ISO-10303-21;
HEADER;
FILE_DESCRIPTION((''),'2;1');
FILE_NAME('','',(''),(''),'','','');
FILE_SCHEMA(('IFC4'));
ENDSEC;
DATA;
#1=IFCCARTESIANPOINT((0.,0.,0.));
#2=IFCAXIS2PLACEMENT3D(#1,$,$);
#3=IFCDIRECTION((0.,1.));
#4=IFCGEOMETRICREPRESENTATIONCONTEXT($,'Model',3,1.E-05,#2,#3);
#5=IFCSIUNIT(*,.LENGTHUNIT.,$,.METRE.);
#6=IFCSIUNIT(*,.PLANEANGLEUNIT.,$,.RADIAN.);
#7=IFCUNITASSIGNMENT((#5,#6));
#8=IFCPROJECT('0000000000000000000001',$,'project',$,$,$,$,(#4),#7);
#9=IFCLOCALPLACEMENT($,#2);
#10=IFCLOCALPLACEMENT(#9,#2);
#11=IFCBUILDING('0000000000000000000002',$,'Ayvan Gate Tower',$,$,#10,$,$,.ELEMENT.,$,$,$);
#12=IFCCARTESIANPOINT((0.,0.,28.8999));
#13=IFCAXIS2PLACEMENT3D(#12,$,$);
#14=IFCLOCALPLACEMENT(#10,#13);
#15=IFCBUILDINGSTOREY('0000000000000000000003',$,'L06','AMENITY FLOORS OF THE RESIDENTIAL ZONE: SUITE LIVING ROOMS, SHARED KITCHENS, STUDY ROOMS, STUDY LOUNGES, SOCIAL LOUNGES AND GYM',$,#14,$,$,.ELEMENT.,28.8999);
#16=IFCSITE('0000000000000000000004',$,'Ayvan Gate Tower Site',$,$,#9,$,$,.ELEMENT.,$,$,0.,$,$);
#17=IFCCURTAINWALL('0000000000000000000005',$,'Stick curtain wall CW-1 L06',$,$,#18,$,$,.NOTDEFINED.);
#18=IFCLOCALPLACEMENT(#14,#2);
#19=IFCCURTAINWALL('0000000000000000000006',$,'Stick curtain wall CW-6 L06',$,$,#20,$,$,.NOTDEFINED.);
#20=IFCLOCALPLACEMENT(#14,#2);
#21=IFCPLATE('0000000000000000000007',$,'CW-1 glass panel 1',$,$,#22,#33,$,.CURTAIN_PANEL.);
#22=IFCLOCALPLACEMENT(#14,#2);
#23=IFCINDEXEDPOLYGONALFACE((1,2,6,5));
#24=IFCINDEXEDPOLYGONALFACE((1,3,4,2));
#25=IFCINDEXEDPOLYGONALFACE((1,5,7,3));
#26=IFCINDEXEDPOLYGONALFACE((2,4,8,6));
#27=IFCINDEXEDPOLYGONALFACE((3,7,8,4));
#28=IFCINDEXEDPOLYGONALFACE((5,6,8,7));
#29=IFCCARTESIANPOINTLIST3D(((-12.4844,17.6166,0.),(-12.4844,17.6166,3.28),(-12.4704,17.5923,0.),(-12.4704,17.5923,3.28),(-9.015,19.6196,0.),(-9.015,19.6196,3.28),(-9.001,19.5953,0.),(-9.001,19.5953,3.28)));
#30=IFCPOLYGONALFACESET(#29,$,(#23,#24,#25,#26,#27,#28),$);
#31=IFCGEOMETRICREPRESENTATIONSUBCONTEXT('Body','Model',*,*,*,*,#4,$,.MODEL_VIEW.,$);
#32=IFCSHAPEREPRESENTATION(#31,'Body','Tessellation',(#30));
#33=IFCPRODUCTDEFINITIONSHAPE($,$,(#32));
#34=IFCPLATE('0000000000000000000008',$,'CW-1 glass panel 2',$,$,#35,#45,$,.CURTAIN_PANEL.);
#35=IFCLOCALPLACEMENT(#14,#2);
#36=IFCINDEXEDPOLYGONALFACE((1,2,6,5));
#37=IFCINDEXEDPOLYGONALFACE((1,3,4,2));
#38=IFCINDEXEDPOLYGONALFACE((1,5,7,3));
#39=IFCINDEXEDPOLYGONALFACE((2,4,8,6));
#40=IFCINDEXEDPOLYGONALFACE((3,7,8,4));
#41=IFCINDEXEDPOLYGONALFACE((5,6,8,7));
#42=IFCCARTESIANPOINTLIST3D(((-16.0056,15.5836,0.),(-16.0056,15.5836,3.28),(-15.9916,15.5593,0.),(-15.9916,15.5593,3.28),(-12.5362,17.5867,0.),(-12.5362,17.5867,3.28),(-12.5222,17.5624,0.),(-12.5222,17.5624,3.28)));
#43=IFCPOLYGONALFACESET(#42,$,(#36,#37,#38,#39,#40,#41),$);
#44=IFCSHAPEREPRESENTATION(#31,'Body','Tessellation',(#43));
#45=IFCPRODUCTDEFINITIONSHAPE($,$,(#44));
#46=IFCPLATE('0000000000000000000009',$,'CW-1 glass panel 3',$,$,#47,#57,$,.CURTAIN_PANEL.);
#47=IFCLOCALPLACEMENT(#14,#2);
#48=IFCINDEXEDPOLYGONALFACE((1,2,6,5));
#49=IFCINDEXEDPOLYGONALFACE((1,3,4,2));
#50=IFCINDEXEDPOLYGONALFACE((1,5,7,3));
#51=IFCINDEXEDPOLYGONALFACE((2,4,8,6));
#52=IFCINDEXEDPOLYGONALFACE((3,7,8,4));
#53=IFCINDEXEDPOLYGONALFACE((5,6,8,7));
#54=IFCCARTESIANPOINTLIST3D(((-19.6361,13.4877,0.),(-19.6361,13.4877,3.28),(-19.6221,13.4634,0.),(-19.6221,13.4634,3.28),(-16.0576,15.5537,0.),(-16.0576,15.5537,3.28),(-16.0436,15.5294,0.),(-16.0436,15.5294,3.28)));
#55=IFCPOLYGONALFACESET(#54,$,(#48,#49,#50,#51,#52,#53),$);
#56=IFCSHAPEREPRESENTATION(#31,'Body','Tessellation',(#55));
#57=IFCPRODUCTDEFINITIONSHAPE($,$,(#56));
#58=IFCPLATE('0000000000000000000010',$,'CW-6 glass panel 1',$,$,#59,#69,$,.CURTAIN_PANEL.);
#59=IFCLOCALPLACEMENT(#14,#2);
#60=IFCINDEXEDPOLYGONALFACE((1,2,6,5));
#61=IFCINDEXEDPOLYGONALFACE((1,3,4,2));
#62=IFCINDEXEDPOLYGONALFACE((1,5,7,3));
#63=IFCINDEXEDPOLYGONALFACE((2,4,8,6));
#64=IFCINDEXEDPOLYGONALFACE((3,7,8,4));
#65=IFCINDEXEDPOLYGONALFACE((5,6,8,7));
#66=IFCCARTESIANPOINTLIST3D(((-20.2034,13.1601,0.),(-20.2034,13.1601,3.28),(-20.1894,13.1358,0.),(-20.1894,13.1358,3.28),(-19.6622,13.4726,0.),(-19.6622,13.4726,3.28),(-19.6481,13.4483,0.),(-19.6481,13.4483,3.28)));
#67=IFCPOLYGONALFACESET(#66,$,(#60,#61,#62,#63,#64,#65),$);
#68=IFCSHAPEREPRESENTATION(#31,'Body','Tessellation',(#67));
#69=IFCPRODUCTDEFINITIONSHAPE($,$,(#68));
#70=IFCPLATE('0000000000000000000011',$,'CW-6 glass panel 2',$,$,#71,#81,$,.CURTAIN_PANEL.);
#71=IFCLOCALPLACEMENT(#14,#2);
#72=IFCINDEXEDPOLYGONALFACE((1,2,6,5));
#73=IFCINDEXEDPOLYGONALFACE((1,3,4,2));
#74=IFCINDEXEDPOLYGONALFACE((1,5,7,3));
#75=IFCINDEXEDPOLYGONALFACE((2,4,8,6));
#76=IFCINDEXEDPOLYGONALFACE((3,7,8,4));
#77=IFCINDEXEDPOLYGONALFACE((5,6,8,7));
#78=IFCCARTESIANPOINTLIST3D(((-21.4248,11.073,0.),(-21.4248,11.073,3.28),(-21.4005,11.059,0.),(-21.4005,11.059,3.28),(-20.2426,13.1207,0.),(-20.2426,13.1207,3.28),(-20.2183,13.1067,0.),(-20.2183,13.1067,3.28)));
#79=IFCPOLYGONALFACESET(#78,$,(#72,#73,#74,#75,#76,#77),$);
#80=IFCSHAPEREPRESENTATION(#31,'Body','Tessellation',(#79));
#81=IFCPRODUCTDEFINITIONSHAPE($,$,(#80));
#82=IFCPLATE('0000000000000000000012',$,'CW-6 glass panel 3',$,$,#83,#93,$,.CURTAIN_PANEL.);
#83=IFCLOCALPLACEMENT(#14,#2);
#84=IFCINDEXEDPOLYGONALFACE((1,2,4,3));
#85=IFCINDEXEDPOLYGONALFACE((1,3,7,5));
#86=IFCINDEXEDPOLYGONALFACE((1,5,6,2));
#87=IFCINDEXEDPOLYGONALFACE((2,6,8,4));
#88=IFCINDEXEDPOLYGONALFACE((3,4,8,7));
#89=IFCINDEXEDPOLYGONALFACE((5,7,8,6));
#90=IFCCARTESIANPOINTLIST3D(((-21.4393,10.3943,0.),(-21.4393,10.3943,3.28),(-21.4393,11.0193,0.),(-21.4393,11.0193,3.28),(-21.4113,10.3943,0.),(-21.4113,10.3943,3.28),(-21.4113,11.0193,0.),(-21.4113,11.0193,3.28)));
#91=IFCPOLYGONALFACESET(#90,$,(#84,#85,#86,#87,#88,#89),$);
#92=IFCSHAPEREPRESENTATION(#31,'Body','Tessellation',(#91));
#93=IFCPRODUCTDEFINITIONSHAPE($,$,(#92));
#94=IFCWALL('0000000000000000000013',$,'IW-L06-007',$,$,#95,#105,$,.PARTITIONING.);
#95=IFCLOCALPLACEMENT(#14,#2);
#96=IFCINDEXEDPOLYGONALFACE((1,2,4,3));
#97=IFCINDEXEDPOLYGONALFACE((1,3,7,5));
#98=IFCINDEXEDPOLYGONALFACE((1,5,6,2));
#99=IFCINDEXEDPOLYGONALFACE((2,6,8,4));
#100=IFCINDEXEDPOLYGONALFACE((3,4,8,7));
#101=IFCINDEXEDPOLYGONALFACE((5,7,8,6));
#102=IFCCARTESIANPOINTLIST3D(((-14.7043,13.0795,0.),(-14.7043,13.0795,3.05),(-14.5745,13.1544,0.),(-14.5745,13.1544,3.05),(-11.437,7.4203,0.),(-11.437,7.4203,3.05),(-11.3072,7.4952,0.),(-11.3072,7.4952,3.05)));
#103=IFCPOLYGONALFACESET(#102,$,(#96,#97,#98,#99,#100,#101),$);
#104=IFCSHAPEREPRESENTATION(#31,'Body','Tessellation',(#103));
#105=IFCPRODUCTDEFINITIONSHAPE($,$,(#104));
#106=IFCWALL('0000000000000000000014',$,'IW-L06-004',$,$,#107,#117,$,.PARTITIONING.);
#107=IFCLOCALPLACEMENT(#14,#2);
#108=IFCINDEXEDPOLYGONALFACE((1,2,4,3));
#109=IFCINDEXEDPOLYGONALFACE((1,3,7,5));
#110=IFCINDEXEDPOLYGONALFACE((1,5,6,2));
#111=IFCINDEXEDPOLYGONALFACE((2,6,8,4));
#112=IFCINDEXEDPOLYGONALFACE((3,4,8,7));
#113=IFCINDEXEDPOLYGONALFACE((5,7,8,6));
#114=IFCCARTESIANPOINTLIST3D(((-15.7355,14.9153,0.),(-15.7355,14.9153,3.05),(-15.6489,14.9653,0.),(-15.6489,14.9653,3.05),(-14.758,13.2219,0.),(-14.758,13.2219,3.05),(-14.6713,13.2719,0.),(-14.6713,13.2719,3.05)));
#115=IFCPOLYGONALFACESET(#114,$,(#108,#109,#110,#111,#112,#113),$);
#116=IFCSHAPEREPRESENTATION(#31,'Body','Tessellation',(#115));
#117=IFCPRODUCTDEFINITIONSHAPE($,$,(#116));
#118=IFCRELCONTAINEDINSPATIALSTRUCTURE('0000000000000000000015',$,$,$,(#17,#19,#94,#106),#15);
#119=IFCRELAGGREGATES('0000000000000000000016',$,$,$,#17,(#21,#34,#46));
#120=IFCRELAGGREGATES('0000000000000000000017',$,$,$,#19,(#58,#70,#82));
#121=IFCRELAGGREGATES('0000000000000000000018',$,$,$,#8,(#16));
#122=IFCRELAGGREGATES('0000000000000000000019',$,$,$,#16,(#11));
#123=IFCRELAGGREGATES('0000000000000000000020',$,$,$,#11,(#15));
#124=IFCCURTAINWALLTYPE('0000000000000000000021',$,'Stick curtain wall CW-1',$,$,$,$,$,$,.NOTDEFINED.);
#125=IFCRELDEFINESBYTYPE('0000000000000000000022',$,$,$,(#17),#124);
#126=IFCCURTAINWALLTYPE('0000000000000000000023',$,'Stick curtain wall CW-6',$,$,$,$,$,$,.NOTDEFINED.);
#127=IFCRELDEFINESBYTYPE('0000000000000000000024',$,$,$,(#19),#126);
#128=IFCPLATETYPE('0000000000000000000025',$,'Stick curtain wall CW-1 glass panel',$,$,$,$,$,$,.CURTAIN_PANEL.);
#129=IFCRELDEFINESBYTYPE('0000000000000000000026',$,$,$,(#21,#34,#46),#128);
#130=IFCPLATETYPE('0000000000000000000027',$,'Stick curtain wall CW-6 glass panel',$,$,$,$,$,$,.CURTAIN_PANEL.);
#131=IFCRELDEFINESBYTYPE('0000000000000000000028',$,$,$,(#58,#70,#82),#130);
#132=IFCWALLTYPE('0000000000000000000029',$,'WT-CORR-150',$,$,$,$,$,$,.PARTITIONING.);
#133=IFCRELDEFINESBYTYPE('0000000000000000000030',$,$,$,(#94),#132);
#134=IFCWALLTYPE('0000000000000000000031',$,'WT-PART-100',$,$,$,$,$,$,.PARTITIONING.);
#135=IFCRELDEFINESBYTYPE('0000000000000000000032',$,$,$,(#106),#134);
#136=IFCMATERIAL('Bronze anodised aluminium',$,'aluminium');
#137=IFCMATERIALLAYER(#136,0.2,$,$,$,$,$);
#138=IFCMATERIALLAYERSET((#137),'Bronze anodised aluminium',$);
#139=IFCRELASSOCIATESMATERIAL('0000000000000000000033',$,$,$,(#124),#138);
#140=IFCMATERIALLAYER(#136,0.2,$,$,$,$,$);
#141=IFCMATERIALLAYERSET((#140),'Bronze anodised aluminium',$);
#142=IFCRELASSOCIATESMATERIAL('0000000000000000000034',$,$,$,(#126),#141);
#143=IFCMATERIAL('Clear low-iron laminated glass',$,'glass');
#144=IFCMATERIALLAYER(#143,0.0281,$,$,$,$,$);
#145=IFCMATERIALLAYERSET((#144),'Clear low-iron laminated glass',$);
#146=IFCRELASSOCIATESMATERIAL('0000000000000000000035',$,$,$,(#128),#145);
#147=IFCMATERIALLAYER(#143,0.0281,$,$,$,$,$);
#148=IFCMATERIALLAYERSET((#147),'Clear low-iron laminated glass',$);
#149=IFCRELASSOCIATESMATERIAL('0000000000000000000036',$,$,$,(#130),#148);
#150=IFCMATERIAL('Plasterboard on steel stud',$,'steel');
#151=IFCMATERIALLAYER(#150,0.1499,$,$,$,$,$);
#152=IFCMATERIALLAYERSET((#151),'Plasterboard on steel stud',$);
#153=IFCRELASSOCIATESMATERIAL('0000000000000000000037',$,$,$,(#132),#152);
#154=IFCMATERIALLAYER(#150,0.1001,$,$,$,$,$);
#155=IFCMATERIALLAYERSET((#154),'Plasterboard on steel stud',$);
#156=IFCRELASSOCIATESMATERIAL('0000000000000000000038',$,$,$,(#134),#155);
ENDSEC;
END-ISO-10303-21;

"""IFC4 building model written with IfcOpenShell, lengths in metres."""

from ifc_helpers import new_model, si_unit, direction, frame, frame_2d, origin, origin_2d, place, context, subcontext, project, spatial, rectangle, extrude, material, layer, layer_set, type_object, element, aggregate, save


model = new_model("IFC4")

# Units and contexts
model_context = context("Model", 3, precision=1e-05, world=origin(), true_north=direction((0.0, 1.0)))
body_context = subcontext(model_context, "Body", "Model", "MODEL_VIEW")
ifc_project = project(units=[si_unit("LENGTHUNIT", "METRE"), si_unit("PLANEANGLEUNIT", "RADIAN")], contexts=[model_context])

# Site, building, storey
site_placement = place(None, origin())
site = spatial("IfcSite", under=ifc_project, at=site_placement, Name="Ayvan Gate Tower Site", CompositionType="ELEMENT", RefElevation=0.0)
building_placement = place(site_placement, origin())
building = spatial("IfcBuilding", under=site, at=building_placement, Name="Ayvan Gate Tower", CompositionType="ELEMENT")
storey_placement = place(building_placement, frame((0.0, 0.0, 28.8999)))
storey = spatial("IfcBuildingStorey", under=building, at=storey_placement, Name="L06", Description="AMENITY FLOORS OF THE RESIDENTIAL ZONE: SUITE LIVING ROOMS, SHARED KITCHENS, STUDY ROOMS, STUDY LOUNGES, SOCIAL LOUNGES AND GYM", CompositionType="ELEMENT", Elevation=28.8999)

# Curtain walls
ifc_material_1 = material(Name="Bronze anodised aluminium", Category="aluminium")
ifc_layer_1 = layer(ifc_material_1, 0.2)
ifc_layer_set_1 = layer_set([ifc_layer_1], Name="Bronze anodised aluminium")
curtain_wall_type_1 = type_object("IfcCurtainWallType", Name="Stick curtain wall CW-1", PredefinedType="NOTDEFINED", material=ifc_layer_set_1)
curtain_wall_1_placement = place(storey_placement, origin())
curtain_wall_1 = element("IfcCurtainWall", 1, at=curtain_wall_1_placement, inside=storey, type_object=curtain_wall_type_1, Name="Stick curtain wall CW-1 L06", PredefinedType="NOTDEFINED")
ifc_layer_2 = layer(ifc_material_1, 0.2)
ifc_layer_set_2 = layer_set([ifc_layer_2], Name="Bronze anodised aluminium")
curtain_wall_type_2 = type_object("IfcCurtainWallType", Name="Stick curtain wall CW-6", PredefinedType="NOTDEFINED", material=ifc_layer_set_2)
curtain_wall_2_placement = place(storey_placement, origin())
curtain_wall_2 = element("IfcCurtainWall", 2, at=curtain_wall_2_placement, inside=storey, type_object=curtain_wall_type_2, Name="Stick curtain wall CW-6 L06", PredefinedType="NOTDEFINED")

# Plates
ifc_material_2 = material(Name="Clear low-iron laminated glass", Category="glass")
ifc_layer_3 = layer(ifc_material_2, 0.0281)
ifc_layer_set_3 = layer_set([ifc_layer_3], Name="Clear low-iron laminated glass")
plate_type_1 = type_object("IfcPlateType", Name="Stick curtain wall CW-1 glass panel", PredefinedType="CURTAIN_PANEL", material=ifc_layer_set_3)
plate_1_placement = place(storey_placement, frame((-10.7427, 18.606, 0.0), z_axis=(0.0, 0.0, 1.0), x_axis=(-0.866025, -0.5, 0.0)))
plate_1 = element("IfcPlate", 3, at=plate_1_placement, type_object=plate_type_1, Name="CW-1 glass panel 1", PredefinedType="CURTAIN_PANEL", context=body_context, shape_type="SweptSolid", body=[
    extrude(rectangle(XDim=4.0061, YDim=0.0281, at=origin_2d()), origin(), (0.0, 0.0, 1.0), 3.28),
])
plate_2_placement = place(storey_placement, frame((-14.2639, 16.573, 0.0), z_axis=(0.0, 0.0, 1.0), x_axis=(-0.866025, -0.5, 0.0)))
plate_2 = element("IfcPlate", 4, at=plate_2_placement, type_object=plate_type_1, Name="CW-1 glass panel 2", PredefinedType="CURTAIN_PANEL", context=body_context, shape_type="SweptSolid", body=[
    extrude(rectangle(XDim=4.0061, YDim=0.0281, at=origin_2d()), origin(), (0.0, 0.0, 1.0), 3.28),
])
plate_3_placement = place(storey_placement, frame((-17.8398, 14.5085, 0.0), z_axis=(0.0, 0.0, 1.0), x_axis=(-0.866025, -0.5, 0.0)))
plate_3 = element("IfcPlate", 5, at=plate_3_placement, type_object=plate_type_1, Name="CW-1 glass panel 3", PredefinedType="CURTAIN_PANEL", context=body_context, shape_type="SweptSolid", body=[
    extrude(rectangle(XDim=4.1321, YDim=0.0281, at=origin_2d()), origin(), (0.0, 0.0, 1.0), 3.28),
])
aggregate(curtain_wall_1, [plate_1, plate_2, plate_3])
ifc_layer_4 = layer(ifc_material_2, 0.0281)
ifc_layer_set_4 = layer_set([ifc_layer_4], Name="Clear low-iron laminated glass")
plate_type_2 = type_object("IfcPlateType", Name="Stick curtain wall CW-6 glass panel", PredefinedType="CURTAIN_PANEL", material=ifc_layer_set_4)
plate_4_placement = place(storey_placement, frame((-19.9258, 13.3042, 0.0), z_axis=(0.0, 0.0, 1.0), x_axis=(-0.866025, -0.5, 0.0)))
plate_4 = element("IfcPlate", 6, at=plate_4_placement, type_object=plate_type_2, Name="CW-6 glass panel 1", PredefinedType="CURTAIN_PANEL", context=body_context, shape_type="SweptSolid", body=[
    extrude(rectangle(XDim=0.625, YDim=0.0281, at=origin_2d()), origin(), (0.0, 0.0, 1.0), 3.28),
])
plate_5_placement = place(storey_placement, frame((-20.8215, 12.0898, 0.0), z_axis=(0.0, 0.0, 1.0), x_axis=(-0.5, -0.866025, 0.0)))
plate_5 = element("IfcPlate", 7, at=plate_5_placement, type_object=plate_type_2, Name="CW-6 glass panel 2", PredefinedType="CURTAIN_PANEL", context=body_context, shape_type="SweptSolid", body=[
    extrude(rectangle(XDim=2.3645, YDim=0.0281, at=origin_2d()), origin(), (0.0, 0.0, 1.0), 3.28),
])
plate_6_placement = place(storey_placement, frame((-21.4253, 10.7068, 0.0), z_axis=(0.0, 0.0, 1.0), x_axis=(0.0, -1.0, 0.0)))
plate_6 = element("IfcPlate", 8, at=plate_6_placement, type_object=plate_type_2, Name="CW-6 glass panel 3", PredefinedType="CURTAIN_PANEL", context=body_context, shape_type="SweptSolid", body=[
    extrude(rectangle(XDim=0.625, YDim=0.0281, at=origin_2d()), origin(), (0.0, 0.0, 1.0), 3.28),
])
aggregate(curtain_wall_2, [plate_4, plate_5, plate_6])

# Walls
ifc_material_3 = material(Name="Plasterboard on steel stud", Category="steel")
ifc_layer_5 = layer(ifc_material_3, 0.1499)
ifc_layer_set_5 = layer_set([ifc_layer_5], Name="Plasterboard on steel stud")
wall_type_1 = type_object("IfcWallType", Name="WT-CORR-150", PredefinedType="PARTITIONING", material=ifc_layer_set_5)
wall_1_placement = place(storey_placement, frame((-14.6394, 13.1169, 0.0), z_axis=(0.0, 0.0, 1.0), x_axis=(0.500001, -0.866025, 0.0)))
element("IfcWall", 9, at=wall_1_placement, inside=storey, type_object=wall_type_1, Name="IW-L06-007", PredefinedType="PARTITIONING", context=body_context, shape_type="SweptSolid", body=[
    extrude(rectangle(XDim=6.5347, YDim=0.1499, at=frame_2d((3.2673, 0.0))), origin(), (0.0, 0.0, 1.0), 3.05),
])
ifc_layer_6 = layer(ifc_material_3, 0.1001)
ifc_layer_set_6 = layer_set([ifc_layer_6], Name="Plasterboard on steel stud")
wall_type_2 = type_object("IfcWallType", Name="WT-PART-100", PredefinedType="PARTITIONING", material=ifc_layer_set_6)
wall_2_placement = place(storey_placement, frame((-15.6921, 14.9402, 0.0), z_axis=(0.0, 0.0, 1.0), x_axis=(0.499953, -0.866053, 0.0)))
element("IfcWall", 10, at=wall_2_placement, inside=storey, type_object=wall_type_2, Name="IW-L06-004", PredefinedType="PARTITIONING", context=body_context, shape_type="SweptSolid", body=[
    extrude(rectangle(XDim=1.9553, YDim=0.1001, at=frame_2d((0.9775, 0.0))), origin(), (0.0, 0.0, 1.0), 3.05),
])

save(model, "model.ifc")
